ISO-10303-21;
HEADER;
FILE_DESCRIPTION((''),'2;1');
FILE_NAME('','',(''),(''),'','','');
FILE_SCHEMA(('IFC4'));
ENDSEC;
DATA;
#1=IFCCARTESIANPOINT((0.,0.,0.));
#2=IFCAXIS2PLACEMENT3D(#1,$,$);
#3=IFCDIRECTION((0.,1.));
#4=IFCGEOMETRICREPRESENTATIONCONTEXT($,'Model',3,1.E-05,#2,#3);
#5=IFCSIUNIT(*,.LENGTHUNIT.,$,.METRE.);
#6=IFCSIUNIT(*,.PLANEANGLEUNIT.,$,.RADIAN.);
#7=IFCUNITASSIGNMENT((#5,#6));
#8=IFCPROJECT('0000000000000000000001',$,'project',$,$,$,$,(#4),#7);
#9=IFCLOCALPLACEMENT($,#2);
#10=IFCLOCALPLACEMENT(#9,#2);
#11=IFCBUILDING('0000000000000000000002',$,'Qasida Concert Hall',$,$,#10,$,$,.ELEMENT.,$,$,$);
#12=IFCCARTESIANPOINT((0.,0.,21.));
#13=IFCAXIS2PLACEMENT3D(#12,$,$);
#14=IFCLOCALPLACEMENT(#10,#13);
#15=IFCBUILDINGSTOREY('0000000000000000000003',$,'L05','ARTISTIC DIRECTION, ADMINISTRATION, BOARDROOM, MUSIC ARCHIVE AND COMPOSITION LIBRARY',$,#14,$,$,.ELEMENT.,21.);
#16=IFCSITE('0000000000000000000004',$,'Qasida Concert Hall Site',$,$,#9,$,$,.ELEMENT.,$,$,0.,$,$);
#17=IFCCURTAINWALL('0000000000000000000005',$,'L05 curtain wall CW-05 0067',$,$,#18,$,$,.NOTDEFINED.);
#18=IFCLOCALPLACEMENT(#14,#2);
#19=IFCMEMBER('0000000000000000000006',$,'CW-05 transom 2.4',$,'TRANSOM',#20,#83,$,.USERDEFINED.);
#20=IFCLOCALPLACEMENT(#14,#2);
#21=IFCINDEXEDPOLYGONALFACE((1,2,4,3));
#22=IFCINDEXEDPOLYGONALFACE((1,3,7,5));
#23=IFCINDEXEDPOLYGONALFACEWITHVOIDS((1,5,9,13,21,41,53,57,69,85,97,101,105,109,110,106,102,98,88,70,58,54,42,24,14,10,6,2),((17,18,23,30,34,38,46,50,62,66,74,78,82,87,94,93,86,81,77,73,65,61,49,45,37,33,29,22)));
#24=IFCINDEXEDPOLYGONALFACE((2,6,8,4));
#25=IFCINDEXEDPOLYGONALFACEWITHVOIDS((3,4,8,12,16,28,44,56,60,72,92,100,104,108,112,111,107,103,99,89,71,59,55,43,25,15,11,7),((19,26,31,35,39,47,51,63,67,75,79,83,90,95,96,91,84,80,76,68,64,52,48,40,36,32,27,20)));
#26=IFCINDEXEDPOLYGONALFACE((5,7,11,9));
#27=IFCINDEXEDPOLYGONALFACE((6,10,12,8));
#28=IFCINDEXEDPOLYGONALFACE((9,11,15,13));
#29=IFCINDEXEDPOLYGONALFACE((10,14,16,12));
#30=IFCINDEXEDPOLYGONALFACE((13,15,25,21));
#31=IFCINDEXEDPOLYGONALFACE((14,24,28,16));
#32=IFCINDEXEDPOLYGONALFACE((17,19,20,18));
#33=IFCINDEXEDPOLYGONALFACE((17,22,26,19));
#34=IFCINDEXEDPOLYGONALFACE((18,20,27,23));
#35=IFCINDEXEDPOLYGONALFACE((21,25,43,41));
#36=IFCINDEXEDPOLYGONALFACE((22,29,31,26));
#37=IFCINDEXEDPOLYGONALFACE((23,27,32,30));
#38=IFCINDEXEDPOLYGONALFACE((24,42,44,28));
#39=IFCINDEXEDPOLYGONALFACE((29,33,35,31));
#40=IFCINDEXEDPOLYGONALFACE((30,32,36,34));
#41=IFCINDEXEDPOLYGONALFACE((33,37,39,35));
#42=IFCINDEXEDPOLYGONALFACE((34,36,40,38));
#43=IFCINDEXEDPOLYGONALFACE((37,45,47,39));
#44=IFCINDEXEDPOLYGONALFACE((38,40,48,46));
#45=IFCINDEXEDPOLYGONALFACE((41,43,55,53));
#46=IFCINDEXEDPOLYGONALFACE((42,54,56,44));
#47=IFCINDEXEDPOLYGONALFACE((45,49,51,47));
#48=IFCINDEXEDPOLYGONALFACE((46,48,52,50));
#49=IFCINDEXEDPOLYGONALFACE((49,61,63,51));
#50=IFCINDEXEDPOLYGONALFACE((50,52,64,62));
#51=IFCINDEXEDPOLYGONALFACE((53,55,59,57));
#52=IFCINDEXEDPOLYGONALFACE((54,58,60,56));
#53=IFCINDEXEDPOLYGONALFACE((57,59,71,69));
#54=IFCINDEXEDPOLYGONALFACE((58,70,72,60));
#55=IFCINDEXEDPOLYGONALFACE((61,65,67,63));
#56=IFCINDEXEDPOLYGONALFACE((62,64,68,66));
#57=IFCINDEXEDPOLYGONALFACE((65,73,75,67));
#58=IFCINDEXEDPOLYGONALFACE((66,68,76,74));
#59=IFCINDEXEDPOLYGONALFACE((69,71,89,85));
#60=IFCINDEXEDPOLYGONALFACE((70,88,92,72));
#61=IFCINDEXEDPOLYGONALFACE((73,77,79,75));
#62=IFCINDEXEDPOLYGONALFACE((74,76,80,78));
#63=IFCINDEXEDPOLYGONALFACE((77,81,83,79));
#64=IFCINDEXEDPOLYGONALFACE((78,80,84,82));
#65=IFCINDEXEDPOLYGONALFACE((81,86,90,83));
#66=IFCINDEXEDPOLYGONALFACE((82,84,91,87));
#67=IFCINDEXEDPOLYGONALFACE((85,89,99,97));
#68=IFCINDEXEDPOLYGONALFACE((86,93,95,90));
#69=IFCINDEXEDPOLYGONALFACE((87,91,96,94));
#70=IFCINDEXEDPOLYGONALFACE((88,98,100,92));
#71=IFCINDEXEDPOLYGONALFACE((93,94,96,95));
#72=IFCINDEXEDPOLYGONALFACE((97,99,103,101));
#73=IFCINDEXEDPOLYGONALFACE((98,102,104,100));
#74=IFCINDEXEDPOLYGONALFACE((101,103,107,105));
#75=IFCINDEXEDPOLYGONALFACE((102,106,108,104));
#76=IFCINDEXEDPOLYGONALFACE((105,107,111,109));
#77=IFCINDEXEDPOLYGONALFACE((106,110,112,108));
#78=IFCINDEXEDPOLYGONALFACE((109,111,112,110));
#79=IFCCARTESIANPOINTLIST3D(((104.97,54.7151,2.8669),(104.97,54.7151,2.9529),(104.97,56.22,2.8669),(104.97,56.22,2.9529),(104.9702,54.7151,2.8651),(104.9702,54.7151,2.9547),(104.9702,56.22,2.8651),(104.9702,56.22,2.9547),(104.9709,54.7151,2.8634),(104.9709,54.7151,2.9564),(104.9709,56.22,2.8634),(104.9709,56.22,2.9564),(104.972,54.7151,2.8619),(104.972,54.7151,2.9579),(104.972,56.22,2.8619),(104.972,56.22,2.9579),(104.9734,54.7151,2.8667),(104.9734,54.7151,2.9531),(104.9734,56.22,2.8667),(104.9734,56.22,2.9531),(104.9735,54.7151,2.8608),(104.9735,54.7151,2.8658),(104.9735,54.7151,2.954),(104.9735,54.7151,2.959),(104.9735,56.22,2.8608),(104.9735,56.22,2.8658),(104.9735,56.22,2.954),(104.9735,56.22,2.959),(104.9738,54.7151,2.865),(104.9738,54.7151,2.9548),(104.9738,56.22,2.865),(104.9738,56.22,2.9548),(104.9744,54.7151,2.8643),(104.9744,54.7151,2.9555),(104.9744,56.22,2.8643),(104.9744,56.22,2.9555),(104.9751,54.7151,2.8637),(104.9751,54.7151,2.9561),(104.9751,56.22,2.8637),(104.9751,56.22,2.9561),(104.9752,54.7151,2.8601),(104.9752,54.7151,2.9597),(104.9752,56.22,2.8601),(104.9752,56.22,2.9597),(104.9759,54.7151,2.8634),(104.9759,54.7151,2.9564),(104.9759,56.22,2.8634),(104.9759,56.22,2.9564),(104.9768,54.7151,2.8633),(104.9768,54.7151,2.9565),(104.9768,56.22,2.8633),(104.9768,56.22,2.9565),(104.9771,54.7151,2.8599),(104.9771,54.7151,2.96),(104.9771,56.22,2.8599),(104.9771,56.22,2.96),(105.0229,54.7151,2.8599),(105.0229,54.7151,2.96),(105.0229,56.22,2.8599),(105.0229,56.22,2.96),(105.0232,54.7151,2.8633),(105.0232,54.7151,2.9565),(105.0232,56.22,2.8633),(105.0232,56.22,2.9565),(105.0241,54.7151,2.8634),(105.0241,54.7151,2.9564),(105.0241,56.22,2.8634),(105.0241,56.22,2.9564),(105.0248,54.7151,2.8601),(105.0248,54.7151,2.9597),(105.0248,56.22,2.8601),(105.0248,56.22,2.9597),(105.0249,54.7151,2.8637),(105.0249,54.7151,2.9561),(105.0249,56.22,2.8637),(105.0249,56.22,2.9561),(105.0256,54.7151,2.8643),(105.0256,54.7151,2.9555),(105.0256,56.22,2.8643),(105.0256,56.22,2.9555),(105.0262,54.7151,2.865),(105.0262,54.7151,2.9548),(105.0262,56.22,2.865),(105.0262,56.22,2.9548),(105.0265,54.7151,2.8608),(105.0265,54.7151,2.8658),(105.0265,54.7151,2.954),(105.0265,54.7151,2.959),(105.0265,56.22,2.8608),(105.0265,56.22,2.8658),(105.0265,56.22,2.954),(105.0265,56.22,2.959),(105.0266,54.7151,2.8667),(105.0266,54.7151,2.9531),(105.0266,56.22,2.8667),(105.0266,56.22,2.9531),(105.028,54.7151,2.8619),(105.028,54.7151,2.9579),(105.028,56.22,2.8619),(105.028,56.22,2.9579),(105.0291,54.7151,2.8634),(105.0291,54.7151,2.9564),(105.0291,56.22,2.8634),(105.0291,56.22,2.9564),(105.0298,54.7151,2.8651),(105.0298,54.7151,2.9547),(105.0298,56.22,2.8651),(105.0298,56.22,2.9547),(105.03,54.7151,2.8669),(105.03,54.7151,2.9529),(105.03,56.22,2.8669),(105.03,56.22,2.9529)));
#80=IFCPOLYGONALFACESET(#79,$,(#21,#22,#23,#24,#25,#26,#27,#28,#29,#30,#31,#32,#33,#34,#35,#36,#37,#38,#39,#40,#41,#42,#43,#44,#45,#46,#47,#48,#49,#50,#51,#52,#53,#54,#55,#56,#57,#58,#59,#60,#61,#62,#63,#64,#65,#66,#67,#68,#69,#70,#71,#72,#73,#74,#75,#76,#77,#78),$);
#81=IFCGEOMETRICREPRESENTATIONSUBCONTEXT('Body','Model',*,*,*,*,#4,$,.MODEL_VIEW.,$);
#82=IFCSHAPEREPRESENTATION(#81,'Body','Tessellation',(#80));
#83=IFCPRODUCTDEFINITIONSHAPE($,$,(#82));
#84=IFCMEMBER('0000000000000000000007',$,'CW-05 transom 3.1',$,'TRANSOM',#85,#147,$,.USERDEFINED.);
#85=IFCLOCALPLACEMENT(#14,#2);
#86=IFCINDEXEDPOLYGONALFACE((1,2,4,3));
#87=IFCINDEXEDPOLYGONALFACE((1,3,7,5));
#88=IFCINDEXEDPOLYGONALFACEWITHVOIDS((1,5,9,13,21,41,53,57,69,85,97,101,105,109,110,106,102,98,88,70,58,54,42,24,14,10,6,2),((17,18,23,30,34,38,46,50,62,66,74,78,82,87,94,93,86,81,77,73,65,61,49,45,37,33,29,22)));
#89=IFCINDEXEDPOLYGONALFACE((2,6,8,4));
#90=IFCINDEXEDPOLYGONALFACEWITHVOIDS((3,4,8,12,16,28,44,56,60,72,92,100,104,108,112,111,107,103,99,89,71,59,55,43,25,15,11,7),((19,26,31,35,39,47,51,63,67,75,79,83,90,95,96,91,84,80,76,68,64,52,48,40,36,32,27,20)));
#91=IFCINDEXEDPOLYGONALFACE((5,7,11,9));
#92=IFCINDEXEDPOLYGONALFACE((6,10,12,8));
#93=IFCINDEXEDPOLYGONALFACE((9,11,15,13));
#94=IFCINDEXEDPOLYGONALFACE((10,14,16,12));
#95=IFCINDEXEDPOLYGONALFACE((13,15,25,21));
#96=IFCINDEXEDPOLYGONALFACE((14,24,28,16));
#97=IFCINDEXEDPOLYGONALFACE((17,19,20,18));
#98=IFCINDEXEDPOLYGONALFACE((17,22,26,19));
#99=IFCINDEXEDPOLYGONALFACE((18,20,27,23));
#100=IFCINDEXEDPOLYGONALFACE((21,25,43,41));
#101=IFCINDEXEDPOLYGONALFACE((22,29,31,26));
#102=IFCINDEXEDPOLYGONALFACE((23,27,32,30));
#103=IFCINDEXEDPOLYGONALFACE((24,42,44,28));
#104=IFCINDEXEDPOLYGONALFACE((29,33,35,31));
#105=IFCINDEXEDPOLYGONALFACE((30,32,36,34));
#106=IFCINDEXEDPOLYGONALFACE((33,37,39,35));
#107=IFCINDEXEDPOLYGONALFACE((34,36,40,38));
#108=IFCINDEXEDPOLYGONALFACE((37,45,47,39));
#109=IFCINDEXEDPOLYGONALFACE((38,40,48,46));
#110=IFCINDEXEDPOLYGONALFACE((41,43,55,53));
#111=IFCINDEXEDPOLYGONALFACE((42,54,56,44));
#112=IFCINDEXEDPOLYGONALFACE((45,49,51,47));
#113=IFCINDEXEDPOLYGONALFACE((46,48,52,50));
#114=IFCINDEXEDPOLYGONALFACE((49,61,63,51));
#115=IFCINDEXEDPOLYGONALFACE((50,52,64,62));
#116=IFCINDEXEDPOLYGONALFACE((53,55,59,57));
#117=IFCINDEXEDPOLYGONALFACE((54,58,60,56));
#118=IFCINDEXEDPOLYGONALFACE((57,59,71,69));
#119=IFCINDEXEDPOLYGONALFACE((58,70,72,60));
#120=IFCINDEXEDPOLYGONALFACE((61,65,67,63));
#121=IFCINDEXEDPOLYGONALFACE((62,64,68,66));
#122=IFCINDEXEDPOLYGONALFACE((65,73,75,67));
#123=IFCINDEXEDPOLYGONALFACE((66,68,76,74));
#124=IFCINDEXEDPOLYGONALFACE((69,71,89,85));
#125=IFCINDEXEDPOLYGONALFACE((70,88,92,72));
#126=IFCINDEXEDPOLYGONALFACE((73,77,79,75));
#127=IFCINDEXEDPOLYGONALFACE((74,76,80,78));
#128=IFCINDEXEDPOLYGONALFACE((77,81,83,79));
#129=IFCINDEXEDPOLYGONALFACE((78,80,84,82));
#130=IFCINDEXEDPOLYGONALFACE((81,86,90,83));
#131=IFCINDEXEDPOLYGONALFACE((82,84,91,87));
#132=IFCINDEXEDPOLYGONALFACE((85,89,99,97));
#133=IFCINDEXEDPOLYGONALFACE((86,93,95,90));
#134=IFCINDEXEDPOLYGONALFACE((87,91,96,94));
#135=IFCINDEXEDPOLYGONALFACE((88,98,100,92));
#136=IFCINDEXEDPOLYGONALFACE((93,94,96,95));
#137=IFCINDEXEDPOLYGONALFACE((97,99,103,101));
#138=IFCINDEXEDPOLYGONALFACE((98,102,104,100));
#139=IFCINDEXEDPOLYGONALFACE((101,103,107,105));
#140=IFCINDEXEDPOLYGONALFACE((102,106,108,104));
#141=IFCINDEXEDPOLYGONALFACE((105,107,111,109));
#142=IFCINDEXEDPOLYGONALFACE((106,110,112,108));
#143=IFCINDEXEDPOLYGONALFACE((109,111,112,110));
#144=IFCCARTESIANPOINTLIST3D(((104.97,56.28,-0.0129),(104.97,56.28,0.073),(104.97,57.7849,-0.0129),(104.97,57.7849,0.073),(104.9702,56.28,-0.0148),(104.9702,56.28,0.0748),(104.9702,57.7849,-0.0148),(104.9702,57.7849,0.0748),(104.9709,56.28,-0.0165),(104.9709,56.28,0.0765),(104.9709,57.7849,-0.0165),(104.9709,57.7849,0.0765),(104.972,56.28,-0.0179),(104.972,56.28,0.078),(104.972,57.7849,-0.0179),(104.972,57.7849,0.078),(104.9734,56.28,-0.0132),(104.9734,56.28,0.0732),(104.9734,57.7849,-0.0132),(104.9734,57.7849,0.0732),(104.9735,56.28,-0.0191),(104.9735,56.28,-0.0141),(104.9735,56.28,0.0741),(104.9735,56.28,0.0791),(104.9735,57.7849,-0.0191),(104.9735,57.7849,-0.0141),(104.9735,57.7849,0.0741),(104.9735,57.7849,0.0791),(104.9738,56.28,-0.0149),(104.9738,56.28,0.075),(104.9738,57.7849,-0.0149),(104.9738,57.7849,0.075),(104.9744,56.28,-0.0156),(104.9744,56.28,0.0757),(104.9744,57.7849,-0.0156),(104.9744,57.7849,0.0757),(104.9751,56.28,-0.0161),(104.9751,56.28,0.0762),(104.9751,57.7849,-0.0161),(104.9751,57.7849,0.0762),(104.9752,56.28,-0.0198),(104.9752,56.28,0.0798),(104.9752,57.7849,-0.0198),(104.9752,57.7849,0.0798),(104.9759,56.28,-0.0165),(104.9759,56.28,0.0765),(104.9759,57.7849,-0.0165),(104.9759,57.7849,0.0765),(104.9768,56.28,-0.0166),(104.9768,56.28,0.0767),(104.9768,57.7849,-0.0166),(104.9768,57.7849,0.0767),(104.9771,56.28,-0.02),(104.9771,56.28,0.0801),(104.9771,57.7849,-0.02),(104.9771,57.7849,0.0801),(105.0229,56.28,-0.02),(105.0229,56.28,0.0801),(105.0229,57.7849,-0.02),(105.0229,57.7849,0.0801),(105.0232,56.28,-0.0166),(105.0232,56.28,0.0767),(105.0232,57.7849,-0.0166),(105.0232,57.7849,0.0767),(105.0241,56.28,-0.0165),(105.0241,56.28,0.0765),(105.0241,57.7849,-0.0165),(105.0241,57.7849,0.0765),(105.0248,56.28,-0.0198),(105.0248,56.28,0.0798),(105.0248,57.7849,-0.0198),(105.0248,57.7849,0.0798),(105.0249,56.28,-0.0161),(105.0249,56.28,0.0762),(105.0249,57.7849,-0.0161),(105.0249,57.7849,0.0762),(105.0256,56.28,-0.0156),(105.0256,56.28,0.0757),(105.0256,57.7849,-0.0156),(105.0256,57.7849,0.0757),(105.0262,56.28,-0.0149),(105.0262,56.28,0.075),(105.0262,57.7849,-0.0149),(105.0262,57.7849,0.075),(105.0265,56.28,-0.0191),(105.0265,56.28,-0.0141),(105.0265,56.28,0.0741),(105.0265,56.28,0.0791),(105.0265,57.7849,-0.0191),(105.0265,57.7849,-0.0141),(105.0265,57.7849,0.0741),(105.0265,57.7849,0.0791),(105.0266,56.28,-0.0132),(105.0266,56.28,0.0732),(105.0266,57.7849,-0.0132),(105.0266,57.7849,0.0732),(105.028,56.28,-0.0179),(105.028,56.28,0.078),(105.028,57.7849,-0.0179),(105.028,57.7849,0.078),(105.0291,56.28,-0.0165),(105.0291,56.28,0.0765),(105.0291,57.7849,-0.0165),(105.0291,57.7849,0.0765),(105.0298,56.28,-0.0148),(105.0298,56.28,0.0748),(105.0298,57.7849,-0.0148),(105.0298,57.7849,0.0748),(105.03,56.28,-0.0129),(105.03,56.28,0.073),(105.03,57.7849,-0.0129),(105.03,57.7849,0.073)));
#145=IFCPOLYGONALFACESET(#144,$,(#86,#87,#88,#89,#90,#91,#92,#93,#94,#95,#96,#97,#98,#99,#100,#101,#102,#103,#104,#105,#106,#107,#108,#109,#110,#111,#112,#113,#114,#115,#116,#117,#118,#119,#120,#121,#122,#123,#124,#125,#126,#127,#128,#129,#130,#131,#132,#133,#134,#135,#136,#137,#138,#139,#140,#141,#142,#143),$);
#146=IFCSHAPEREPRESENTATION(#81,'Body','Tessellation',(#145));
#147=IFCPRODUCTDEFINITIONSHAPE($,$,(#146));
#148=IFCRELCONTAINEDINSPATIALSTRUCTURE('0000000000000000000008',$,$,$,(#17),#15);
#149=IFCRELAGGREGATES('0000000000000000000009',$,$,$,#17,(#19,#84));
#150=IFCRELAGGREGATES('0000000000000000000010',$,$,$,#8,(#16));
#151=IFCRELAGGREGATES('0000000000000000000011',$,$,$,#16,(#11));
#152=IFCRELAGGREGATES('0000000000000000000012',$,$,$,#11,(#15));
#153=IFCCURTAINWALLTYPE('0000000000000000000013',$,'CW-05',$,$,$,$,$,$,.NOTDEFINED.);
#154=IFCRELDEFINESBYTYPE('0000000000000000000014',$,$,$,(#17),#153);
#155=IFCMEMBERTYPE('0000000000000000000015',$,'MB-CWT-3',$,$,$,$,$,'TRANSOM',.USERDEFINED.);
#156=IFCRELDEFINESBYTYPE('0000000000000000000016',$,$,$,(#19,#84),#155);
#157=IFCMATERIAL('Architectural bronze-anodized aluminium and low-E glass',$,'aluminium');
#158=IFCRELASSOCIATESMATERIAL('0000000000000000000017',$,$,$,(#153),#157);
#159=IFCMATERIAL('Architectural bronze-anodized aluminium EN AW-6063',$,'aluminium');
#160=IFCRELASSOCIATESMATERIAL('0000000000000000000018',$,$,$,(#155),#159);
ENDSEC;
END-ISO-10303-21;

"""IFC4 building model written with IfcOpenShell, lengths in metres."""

from ifc_helpers import new_model, si_unit, direction, frame, origin, origin_2d, place, context, subcontext, project, spatial, hollow_rectangle, extrude, material, material_profile, profile_set, type_object, element, aggregate, save


model = new_model("IFC4")

# Units and contexts
model_context = context("Model", 3, precision=1e-05, world=origin(), true_north=direction((0.0, 1.0)))
body_context = subcontext(model_context, "Body", "Model", "MODEL_VIEW")
ifc_project = project(units=[si_unit("LENGTHUNIT", "METRE"), si_unit("PLANEANGLEUNIT", "RADIAN")], contexts=[model_context])

# Site, building, storey
site_placement = place(None, origin())
site = spatial("IfcSite", under=ifc_project, at=site_placement, Name="Qasida Concert Hall Site", CompositionType="ELEMENT", RefElevation=0.0)
building_placement = place(site_placement, origin())
building = spatial("IfcBuilding", under=site, at=building_placement, Name="Qasida Concert Hall", CompositionType="ELEMENT")
storey_placement = place(building_placement, frame((0.0, 0.0, 21.0)))
storey = spatial("IfcBuildingStorey", under=building, at=storey_placement, Name="L05", Description="ARTISTIC DIRECTION, ADMINISTRATION, BOARDROOM, MUSIC ARCHIVE AND COMPOSITION LIBRARY", CompositionType="ELEMENT", Elevation=21.0)

# Curtain wall, members
ifc_material_1 = material(Name="Architectural bronze-anodized aluminium and low-E glass", Category="aluminium")
curtain_wall_type = type_object("IfcCurtainWallType", Name="CW-05", PredefinedType="NOTDEFINED", material=ifc_material_1)
curtain_wall_placement = place(storey_placement, origin())
curtain_wall = element("IfcCurtainWall", 1, at=curtain_wall_placement, inside=storey, type_object=curtain_wall_type, Name="L05 curtain wall CW-05 0067", PredefinedType="NOTDEFINED")
ifc_material_2 = material(Name="Architectural bronze-anodized aluminium EN AW-6063", Category="aluminium")
ifc_material_profile_1 = material_profile(ifc_material_2, hollow_rectangle(XDim=0.0601, YDim=0.1001, WallThickness=0.0034, InnerFilletRadius=0.0034, OuterFilletRadius=0.0071, at=origin_2d()), Name="CWT 100x60x3.5")
ifc_profile_set_1 = profile_set([ifc_material_profile_1], Name="Architectural bronze-anodized aluminium EN AW-6063")
member_type_1 = type_object("IfcMemberType", Name="MB-CWT-3", ElementType="TRANSOM", PredefinedType="USERDEFINED", material=ifc_profile_set_1)
member_1_placement = place(storey_placement, frame((105.0, 54.7151, 2.9099), z_axis=(0.0, 1.0, 0.0), x_axis=(-1.0, 0.0, 0.0)))
member_1 = element("IfcMember", 2, at=member_1_placement, type_object=member_type_1, Name="CW-05 transom 2.4", ObjectType="TRANSOM", PredefinedType="USERDEFINED", context=body_context, shape_type="SweptSolid", body=[
    extrude(hollow_rectangle(XDim=0.0601, YDim=0.1001, WallThickness=0.0034, InnerFilletRadius=0.0034, OuterFilletRadius=0.0071, at=origin_2d()), origin(), (0.0, 0.0, 1.0), 1.5049),
])
member_2_placement = place(storey_placement, frame((105.0, 56.28, 0.03), z_axis=(0.0, 1.0, 0.0), x_axis=(-1.0, 0.0, 0.0)))
member_2 = element("IfcMember", 3, at=member_2_placement, type_object=member_type_1, Name="CW-05 transom 3.1", ObjectType="TRANSOM", PredefinedType="USERDEFINED", context=body_context, shape_type="SweptSolid", body=[
    extrude(hollow_rectangle(XDim=0.0601, YDim=0.1001, WallThickness=0.0034, InnerFilletRadius=0.0034, OuterFilletRadius=0.0071, at=origin_2d()), origin(), (0.0, 0.0, 1.0), 1.5049),
])
aggregate(curtain_wall, [member_1, member_2])

save(model, "model.ifc")
